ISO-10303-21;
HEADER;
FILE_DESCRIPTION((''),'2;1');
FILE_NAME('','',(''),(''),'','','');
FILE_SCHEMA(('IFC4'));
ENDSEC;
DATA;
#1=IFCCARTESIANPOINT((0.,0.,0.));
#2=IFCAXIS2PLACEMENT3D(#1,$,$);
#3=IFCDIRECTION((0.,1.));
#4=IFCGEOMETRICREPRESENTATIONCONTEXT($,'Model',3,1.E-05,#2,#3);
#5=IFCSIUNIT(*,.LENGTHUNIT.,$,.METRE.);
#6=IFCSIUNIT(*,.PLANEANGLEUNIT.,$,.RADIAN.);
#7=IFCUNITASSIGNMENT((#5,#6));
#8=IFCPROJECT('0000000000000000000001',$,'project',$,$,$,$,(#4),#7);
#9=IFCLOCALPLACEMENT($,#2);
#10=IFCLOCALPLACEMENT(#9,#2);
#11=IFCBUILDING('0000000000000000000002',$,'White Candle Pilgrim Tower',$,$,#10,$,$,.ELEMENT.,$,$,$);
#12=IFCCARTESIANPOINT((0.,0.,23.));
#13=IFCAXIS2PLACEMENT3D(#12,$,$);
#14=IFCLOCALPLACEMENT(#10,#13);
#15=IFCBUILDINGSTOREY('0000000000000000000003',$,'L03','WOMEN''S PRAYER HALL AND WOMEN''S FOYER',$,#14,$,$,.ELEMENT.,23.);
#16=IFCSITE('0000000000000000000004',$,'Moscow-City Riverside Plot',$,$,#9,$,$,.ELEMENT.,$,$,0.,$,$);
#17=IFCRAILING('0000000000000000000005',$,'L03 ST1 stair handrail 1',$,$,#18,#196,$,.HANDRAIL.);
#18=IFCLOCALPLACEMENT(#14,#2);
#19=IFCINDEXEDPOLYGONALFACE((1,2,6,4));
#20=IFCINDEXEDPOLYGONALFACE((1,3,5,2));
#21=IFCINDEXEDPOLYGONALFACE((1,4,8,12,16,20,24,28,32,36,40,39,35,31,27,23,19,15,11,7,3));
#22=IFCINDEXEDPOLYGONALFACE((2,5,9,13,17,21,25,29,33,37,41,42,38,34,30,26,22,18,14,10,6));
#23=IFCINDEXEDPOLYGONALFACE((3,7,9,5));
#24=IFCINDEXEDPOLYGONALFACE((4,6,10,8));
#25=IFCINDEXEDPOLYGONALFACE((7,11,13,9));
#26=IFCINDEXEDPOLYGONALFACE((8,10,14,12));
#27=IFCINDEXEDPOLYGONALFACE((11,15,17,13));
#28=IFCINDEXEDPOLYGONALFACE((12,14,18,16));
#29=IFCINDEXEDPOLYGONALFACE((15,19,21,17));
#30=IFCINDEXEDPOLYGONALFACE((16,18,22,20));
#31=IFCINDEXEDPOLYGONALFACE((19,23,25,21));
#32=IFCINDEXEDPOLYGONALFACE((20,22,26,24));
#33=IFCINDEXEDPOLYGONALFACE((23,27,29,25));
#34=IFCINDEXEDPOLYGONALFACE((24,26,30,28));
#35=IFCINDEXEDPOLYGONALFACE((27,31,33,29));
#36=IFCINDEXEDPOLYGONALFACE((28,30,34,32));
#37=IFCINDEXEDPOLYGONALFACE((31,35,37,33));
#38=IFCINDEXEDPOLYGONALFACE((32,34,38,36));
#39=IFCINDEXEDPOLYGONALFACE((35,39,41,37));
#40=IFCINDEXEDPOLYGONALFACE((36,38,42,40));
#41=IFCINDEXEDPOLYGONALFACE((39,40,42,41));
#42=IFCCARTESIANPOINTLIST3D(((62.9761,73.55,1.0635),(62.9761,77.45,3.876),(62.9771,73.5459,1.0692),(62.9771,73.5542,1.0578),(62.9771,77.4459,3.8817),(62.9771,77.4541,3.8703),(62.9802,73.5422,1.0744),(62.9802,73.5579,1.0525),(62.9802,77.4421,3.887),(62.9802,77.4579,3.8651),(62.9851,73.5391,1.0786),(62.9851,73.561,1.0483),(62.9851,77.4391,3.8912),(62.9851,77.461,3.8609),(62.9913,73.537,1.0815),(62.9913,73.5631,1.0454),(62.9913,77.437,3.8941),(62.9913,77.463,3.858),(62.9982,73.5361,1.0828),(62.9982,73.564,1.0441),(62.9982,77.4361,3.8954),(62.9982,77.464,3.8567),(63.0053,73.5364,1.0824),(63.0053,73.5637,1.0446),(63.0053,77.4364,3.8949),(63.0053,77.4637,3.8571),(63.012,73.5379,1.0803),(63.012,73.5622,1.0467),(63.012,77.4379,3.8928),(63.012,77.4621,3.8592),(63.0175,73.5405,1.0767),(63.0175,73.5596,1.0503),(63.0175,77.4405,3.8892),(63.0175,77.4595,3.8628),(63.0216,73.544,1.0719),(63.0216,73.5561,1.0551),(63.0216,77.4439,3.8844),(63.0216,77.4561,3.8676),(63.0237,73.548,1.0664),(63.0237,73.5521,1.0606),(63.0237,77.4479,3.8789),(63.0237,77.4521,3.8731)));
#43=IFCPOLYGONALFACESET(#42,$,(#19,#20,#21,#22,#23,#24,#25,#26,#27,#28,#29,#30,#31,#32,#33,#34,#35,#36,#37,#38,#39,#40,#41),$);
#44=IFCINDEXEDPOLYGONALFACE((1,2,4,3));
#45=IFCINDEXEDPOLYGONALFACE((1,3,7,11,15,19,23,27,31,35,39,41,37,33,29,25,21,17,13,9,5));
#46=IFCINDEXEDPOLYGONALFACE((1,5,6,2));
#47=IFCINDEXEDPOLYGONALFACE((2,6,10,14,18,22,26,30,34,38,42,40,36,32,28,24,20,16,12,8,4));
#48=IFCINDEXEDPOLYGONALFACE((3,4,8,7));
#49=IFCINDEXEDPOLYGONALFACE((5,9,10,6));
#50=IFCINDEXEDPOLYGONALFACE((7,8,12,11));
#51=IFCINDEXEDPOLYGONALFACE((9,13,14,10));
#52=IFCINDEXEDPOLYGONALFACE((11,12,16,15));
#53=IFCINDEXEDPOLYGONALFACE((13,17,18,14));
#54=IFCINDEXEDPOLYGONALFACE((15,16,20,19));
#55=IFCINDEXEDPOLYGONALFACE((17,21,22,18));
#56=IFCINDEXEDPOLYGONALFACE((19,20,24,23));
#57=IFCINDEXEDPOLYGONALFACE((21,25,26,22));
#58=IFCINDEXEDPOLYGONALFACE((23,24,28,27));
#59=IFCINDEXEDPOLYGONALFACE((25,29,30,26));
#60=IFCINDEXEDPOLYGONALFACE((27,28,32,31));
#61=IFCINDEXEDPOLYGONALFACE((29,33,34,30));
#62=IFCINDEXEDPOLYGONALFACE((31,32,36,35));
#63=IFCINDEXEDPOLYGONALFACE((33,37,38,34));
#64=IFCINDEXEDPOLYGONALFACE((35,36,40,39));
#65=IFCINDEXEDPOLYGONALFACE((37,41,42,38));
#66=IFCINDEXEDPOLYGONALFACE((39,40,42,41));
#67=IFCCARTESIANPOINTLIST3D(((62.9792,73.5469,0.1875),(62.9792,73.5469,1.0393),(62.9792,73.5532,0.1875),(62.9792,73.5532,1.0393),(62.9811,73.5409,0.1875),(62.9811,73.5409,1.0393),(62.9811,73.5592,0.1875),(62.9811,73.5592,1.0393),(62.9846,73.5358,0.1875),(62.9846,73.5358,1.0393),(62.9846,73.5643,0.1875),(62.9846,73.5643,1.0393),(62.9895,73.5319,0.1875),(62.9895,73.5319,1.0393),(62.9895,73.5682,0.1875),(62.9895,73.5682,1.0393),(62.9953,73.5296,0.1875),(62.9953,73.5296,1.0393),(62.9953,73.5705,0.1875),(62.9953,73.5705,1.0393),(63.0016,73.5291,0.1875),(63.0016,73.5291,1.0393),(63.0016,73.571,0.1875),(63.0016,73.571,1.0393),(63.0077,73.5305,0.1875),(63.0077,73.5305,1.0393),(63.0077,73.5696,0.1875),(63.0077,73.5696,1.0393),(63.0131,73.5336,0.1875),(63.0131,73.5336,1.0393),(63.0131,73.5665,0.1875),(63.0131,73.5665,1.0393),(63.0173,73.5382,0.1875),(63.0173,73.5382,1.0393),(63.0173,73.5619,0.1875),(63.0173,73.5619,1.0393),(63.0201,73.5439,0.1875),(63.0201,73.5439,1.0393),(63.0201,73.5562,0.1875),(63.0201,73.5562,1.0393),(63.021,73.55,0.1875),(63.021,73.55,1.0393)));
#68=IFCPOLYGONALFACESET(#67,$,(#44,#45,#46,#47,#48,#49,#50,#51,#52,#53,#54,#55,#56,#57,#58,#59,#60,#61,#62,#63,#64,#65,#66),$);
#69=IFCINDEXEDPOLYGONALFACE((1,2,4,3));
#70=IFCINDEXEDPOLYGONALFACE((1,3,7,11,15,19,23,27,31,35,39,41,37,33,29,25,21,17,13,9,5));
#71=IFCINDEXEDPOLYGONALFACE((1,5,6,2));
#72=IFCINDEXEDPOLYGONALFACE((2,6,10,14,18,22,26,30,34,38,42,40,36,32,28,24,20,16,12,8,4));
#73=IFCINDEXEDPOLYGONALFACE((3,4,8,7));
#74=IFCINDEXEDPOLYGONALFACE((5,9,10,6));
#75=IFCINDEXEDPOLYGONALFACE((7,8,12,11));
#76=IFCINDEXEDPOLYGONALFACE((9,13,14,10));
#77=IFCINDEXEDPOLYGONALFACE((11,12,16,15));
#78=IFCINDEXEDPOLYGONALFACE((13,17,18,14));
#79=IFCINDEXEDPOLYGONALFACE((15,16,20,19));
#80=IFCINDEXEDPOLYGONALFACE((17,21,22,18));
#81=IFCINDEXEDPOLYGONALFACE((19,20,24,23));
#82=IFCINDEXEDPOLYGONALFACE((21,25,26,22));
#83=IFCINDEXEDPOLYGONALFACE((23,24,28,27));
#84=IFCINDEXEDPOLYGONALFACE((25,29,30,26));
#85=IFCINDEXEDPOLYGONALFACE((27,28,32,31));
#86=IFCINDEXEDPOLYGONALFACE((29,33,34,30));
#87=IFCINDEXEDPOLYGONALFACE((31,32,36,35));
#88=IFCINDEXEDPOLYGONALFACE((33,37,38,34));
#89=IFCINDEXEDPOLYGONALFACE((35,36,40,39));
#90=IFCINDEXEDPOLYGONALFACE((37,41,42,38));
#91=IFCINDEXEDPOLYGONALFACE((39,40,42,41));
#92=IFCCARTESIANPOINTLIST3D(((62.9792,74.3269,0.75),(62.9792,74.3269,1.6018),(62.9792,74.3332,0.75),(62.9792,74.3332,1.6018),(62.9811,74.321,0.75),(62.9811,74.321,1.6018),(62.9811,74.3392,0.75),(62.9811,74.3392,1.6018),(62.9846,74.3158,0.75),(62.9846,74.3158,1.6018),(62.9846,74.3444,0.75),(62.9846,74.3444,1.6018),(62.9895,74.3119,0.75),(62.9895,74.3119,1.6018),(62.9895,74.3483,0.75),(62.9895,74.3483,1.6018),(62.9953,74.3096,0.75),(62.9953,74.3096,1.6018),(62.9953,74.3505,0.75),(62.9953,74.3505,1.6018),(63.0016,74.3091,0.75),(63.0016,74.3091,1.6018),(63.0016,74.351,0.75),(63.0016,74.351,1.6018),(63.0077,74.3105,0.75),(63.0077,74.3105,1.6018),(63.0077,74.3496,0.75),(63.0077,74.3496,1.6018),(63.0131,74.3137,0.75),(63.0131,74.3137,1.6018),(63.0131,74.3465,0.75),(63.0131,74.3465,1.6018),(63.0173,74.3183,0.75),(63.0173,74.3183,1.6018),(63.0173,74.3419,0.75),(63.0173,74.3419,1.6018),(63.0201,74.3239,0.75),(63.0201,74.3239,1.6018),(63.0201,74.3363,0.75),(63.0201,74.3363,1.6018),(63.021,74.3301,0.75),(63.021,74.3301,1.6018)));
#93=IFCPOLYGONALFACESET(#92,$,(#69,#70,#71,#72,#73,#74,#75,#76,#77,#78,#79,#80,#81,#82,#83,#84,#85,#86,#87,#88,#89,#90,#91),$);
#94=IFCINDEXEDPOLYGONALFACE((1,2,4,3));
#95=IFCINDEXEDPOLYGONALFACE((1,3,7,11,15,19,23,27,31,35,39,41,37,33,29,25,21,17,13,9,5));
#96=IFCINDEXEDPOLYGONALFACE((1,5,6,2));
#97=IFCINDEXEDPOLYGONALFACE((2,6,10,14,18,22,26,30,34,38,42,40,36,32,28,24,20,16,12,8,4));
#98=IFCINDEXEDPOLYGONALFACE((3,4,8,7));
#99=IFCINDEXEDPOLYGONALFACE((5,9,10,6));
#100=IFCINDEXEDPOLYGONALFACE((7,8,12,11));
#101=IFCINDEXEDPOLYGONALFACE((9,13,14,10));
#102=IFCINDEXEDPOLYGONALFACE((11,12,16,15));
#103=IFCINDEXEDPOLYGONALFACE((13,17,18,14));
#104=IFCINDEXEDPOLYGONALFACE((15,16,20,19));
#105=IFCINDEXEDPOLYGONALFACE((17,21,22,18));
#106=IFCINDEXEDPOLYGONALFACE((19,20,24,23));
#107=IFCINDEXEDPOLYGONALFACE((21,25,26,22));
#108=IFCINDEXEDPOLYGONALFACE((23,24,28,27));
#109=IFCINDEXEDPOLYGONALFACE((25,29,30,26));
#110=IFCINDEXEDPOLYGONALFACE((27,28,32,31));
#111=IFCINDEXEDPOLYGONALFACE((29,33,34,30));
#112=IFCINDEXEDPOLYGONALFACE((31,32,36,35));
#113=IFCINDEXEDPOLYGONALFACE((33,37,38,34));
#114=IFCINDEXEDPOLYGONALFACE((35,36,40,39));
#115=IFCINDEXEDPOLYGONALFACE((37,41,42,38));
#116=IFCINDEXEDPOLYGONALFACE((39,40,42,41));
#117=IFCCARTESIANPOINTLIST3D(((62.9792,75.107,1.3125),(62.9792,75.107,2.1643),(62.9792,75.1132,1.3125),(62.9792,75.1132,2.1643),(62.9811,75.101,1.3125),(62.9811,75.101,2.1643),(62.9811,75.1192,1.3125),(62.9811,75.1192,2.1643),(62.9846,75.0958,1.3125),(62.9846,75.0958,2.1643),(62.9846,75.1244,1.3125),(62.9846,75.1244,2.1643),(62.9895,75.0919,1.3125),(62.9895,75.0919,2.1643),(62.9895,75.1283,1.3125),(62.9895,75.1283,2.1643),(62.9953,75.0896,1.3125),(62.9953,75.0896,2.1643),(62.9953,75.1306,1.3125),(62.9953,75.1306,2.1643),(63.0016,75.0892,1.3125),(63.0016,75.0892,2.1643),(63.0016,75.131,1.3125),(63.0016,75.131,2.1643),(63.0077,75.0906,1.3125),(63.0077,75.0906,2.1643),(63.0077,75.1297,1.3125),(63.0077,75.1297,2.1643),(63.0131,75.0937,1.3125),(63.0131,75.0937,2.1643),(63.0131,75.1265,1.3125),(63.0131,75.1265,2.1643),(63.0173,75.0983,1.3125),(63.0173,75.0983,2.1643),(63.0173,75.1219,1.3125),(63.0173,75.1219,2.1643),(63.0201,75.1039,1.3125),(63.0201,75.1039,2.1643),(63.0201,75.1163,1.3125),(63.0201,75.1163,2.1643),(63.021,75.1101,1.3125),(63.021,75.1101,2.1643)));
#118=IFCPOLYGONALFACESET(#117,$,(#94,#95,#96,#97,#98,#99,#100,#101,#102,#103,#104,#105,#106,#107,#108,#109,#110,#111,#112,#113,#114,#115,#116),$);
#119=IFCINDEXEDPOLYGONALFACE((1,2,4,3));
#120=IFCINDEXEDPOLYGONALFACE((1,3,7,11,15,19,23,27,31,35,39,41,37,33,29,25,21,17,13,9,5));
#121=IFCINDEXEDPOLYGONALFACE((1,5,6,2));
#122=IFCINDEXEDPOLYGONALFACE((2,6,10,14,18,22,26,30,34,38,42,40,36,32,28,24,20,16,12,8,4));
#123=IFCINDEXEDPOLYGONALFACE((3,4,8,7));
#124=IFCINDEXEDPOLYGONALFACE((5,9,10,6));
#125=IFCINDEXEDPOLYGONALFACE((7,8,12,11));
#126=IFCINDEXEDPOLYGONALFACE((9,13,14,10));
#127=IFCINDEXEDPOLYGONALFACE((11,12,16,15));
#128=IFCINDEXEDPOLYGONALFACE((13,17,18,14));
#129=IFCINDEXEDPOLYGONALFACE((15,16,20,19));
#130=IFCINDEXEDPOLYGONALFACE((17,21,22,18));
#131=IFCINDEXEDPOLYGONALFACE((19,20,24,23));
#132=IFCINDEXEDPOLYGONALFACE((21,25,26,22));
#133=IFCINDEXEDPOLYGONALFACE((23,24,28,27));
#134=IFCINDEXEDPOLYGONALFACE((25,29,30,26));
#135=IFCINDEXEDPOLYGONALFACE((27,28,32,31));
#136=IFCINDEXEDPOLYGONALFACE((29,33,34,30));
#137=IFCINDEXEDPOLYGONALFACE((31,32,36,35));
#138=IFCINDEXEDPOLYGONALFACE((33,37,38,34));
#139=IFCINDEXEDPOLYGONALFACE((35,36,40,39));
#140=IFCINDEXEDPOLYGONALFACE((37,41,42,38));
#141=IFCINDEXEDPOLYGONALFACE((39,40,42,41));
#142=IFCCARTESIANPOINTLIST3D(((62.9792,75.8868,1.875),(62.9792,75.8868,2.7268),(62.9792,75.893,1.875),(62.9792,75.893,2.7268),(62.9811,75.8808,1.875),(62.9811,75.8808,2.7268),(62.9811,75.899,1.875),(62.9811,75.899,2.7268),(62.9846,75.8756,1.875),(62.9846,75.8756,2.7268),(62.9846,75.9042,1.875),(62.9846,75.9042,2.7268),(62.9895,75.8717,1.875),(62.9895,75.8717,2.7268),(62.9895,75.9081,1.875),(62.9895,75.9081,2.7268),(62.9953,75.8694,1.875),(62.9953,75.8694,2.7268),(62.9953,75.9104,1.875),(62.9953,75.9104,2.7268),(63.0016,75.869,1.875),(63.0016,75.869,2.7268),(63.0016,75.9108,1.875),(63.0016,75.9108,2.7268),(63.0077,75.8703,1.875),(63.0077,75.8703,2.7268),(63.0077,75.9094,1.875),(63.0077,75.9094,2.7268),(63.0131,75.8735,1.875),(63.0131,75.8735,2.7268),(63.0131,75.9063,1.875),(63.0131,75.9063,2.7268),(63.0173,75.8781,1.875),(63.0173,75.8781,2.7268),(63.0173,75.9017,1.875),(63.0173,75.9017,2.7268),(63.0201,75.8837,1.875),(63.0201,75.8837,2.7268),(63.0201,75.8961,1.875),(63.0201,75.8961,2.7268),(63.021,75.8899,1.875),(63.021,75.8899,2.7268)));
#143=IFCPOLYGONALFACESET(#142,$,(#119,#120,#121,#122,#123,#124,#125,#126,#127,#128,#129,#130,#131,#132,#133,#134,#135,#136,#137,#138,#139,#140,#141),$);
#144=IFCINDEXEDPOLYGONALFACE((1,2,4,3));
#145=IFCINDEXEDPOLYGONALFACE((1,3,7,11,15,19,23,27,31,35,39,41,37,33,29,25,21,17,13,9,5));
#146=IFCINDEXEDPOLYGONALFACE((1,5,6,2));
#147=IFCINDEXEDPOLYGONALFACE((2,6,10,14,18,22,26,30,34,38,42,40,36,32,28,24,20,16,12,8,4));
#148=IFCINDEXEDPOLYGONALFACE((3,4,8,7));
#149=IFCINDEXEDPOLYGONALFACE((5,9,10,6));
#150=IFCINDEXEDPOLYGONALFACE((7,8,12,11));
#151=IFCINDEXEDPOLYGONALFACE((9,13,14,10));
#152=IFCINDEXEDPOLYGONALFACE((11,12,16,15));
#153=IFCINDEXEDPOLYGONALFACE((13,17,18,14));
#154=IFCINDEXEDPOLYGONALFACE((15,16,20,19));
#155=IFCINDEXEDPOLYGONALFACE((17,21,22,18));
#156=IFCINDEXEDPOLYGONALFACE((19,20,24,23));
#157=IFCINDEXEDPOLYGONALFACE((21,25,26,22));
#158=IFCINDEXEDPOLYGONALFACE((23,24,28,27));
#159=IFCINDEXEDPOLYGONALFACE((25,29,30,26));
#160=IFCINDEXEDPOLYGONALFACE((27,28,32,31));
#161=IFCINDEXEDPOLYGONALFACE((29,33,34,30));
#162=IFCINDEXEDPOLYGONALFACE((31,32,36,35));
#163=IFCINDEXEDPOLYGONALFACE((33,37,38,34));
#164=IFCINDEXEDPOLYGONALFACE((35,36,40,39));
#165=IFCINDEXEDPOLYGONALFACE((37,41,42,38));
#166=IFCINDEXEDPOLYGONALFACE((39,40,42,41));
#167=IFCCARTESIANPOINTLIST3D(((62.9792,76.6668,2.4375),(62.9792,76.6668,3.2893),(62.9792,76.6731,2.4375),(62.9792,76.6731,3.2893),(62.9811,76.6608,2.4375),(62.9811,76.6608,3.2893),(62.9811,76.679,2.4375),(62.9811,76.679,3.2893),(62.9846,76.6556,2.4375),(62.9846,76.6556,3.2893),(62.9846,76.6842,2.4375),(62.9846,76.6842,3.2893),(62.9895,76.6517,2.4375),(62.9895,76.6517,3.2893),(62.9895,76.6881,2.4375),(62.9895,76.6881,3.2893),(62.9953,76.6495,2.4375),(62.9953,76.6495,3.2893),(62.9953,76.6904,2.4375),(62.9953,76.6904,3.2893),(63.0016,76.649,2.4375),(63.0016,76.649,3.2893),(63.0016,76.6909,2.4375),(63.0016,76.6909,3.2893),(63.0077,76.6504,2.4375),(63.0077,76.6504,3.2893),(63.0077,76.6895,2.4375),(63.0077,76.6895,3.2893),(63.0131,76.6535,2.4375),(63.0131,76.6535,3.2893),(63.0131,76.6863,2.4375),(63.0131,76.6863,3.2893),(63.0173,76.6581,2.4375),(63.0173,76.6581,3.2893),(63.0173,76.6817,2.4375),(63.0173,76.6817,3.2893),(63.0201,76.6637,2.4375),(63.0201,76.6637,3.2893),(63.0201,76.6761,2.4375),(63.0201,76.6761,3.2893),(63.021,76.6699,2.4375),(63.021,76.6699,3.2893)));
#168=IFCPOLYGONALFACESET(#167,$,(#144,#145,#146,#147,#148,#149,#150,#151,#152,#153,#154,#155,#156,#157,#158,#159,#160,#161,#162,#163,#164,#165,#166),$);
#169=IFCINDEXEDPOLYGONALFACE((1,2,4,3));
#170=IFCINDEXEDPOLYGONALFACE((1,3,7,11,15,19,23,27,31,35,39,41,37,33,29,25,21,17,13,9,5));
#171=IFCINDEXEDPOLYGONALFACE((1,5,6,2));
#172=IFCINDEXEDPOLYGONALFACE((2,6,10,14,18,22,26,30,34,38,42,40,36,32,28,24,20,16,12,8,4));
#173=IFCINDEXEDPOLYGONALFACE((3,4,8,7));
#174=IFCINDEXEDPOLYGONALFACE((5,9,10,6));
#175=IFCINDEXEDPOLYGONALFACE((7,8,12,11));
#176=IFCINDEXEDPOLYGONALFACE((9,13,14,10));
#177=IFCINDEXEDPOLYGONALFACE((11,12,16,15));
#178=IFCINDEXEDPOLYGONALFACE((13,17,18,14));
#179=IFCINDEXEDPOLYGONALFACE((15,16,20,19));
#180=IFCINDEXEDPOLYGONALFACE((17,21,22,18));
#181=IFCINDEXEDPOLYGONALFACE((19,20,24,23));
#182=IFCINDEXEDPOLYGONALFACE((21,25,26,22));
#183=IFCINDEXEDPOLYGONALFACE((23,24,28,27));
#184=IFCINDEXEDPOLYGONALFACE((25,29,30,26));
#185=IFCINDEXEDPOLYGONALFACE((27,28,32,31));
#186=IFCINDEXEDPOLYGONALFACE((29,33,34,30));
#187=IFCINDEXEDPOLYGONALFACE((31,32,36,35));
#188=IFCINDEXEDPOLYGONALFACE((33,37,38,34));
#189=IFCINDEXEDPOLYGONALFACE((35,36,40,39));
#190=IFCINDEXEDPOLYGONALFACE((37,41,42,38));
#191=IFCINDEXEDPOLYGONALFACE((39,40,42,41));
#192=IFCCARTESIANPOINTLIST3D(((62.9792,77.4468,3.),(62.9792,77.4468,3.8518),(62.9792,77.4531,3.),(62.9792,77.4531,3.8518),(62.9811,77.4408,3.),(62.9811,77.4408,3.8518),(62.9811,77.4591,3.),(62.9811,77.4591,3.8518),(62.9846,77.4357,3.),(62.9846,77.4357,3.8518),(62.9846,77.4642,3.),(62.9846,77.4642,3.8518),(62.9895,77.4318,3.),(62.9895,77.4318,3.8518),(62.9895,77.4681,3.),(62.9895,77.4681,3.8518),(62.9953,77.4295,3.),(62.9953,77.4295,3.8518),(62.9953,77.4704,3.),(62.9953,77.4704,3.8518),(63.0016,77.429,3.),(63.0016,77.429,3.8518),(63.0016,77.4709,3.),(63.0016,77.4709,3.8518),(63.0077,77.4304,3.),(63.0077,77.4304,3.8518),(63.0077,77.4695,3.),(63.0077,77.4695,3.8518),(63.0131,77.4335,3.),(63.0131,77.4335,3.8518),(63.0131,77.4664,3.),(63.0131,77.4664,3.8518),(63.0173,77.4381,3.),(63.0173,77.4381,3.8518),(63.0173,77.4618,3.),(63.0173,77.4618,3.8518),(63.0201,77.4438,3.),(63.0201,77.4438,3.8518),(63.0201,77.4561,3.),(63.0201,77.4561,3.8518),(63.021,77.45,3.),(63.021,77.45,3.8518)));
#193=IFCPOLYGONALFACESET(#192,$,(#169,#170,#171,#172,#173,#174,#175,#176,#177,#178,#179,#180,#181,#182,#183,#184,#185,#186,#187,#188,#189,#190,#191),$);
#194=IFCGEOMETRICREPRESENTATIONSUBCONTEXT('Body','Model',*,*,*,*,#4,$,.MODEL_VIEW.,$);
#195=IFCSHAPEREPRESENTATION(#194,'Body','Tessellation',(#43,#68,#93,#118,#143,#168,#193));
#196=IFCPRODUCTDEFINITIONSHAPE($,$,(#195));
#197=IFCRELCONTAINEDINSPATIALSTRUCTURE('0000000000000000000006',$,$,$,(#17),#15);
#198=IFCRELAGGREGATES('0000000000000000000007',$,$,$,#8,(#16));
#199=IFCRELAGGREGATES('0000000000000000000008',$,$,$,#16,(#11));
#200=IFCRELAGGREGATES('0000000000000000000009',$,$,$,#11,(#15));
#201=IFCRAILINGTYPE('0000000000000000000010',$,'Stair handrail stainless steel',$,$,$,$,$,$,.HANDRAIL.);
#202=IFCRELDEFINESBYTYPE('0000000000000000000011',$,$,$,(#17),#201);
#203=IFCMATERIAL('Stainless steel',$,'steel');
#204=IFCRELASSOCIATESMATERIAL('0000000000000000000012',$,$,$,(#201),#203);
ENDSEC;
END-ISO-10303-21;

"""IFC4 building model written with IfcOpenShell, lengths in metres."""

from ifc_helpers import new_model, si_unit, direction, frame, origin, origin_2d, place, context, subcontext, project, spatial, circle, extrude, material, type_object, element, save


model = new_model("IFC4")

# Units and contexts
model_context = context("Model", 3, precision=1e-05, world=origin(), true_north=direction((0.0, 1.0)))
body_context = subcontext(model_context, "Body", "Model", "MODEL_VIEW")
ifc_project = project(units=[si_unit("LENGTHUNIT", "METRE"), si_unit("PLANEANGLEUNIT", "RADIAN")], contexts=[model_context])

# Site, building, storey
site_placement = place(None, origin())
site = spatial("IfcSite", under=ifc_project, at=site_placement, Name="Moscow-City Riverside Plot", CompositionType="ELEMENT", RefElevation=0.0)
building_placement = place(site_placement, origin())
building = spatial("IfcBuilding", under=site, at=building_placement, Name="White Candle Pilgrim Tower", CompositionType="ELEMENT")
storey_placement = place(building_placement, frame((0.0, 0.0, 23.0)))
storey = spatial("IfcBuildingStorey", under=building, at=storey_placement, Name="L03", Description="WOMEN'S PRAYER HALL AND WOMEN'S FOYER", CompositionType="ELEMENT", Elevation=23.0)

# Shared definitions
ifc_material_1 = material(Name="Stainless steel", Category="steel")

# Railing
railing_type_1 = type_object("IfcRailingType", Name="Stair handrail stainless steel", PredefinedType="HANDRAIL", material=ifc_material_1)
railing_1_placement = place(storey_placement, frame((63.0, 73.55, 0.1875)))
element("IfcRailing", 1, at=railing_1_placement, inside=storey, type_object=railing_type_1, Name="L03 ST1 stair handrail 1", PredefinedType="HANDRAIL", context=body_context, shape_type="SweptSolid", body=[
    extrude(circle(Radius=0.0239, at=origin_2d()), frame((0.0, 0.0, 0.876), z_axis=(0.0, 0.811083, 0.584931), x_axis=(-1.0, 0.0, 0.0)), (0.0, 0.0, 1.0), 4.8083),
    extrude(circle(Radius=0.021, at=origin_2d()), origin(), (0.0, 0.0, 1.0), 0.8518),
    extrude(circle(Radius=0.021, at=origin_2d()), frame((0.0, 0.78, 0.5625)), (0.0, 0.0, 1.0), 0.8518),
    extrude(circle(Radius=0.021, at=origin_2d()), frame((0.0, 1.5601, 1.125)), (0.0, 0.0, 1.0), 0.8518),
    extrude(circle(Radius=0.021, at=origin_2d()), frame((0.0, 2.3398, 1.6875)), (0.0, 0.0, 1.0), 0.8518),
    extrude(circle(Radius=0.021, at=origin_2d()), frame((0.0, 3.1199, 2.25)), (0.0, 0.0, 1.0), 0.8518),
    extrude(circle(Radius=0.021, at=origin_2d()), frame((0.0, 3.8999, 2.8125)), (0.0, 0.0, 1.0), 0.8518),
])

save(model, "model.ifc")
